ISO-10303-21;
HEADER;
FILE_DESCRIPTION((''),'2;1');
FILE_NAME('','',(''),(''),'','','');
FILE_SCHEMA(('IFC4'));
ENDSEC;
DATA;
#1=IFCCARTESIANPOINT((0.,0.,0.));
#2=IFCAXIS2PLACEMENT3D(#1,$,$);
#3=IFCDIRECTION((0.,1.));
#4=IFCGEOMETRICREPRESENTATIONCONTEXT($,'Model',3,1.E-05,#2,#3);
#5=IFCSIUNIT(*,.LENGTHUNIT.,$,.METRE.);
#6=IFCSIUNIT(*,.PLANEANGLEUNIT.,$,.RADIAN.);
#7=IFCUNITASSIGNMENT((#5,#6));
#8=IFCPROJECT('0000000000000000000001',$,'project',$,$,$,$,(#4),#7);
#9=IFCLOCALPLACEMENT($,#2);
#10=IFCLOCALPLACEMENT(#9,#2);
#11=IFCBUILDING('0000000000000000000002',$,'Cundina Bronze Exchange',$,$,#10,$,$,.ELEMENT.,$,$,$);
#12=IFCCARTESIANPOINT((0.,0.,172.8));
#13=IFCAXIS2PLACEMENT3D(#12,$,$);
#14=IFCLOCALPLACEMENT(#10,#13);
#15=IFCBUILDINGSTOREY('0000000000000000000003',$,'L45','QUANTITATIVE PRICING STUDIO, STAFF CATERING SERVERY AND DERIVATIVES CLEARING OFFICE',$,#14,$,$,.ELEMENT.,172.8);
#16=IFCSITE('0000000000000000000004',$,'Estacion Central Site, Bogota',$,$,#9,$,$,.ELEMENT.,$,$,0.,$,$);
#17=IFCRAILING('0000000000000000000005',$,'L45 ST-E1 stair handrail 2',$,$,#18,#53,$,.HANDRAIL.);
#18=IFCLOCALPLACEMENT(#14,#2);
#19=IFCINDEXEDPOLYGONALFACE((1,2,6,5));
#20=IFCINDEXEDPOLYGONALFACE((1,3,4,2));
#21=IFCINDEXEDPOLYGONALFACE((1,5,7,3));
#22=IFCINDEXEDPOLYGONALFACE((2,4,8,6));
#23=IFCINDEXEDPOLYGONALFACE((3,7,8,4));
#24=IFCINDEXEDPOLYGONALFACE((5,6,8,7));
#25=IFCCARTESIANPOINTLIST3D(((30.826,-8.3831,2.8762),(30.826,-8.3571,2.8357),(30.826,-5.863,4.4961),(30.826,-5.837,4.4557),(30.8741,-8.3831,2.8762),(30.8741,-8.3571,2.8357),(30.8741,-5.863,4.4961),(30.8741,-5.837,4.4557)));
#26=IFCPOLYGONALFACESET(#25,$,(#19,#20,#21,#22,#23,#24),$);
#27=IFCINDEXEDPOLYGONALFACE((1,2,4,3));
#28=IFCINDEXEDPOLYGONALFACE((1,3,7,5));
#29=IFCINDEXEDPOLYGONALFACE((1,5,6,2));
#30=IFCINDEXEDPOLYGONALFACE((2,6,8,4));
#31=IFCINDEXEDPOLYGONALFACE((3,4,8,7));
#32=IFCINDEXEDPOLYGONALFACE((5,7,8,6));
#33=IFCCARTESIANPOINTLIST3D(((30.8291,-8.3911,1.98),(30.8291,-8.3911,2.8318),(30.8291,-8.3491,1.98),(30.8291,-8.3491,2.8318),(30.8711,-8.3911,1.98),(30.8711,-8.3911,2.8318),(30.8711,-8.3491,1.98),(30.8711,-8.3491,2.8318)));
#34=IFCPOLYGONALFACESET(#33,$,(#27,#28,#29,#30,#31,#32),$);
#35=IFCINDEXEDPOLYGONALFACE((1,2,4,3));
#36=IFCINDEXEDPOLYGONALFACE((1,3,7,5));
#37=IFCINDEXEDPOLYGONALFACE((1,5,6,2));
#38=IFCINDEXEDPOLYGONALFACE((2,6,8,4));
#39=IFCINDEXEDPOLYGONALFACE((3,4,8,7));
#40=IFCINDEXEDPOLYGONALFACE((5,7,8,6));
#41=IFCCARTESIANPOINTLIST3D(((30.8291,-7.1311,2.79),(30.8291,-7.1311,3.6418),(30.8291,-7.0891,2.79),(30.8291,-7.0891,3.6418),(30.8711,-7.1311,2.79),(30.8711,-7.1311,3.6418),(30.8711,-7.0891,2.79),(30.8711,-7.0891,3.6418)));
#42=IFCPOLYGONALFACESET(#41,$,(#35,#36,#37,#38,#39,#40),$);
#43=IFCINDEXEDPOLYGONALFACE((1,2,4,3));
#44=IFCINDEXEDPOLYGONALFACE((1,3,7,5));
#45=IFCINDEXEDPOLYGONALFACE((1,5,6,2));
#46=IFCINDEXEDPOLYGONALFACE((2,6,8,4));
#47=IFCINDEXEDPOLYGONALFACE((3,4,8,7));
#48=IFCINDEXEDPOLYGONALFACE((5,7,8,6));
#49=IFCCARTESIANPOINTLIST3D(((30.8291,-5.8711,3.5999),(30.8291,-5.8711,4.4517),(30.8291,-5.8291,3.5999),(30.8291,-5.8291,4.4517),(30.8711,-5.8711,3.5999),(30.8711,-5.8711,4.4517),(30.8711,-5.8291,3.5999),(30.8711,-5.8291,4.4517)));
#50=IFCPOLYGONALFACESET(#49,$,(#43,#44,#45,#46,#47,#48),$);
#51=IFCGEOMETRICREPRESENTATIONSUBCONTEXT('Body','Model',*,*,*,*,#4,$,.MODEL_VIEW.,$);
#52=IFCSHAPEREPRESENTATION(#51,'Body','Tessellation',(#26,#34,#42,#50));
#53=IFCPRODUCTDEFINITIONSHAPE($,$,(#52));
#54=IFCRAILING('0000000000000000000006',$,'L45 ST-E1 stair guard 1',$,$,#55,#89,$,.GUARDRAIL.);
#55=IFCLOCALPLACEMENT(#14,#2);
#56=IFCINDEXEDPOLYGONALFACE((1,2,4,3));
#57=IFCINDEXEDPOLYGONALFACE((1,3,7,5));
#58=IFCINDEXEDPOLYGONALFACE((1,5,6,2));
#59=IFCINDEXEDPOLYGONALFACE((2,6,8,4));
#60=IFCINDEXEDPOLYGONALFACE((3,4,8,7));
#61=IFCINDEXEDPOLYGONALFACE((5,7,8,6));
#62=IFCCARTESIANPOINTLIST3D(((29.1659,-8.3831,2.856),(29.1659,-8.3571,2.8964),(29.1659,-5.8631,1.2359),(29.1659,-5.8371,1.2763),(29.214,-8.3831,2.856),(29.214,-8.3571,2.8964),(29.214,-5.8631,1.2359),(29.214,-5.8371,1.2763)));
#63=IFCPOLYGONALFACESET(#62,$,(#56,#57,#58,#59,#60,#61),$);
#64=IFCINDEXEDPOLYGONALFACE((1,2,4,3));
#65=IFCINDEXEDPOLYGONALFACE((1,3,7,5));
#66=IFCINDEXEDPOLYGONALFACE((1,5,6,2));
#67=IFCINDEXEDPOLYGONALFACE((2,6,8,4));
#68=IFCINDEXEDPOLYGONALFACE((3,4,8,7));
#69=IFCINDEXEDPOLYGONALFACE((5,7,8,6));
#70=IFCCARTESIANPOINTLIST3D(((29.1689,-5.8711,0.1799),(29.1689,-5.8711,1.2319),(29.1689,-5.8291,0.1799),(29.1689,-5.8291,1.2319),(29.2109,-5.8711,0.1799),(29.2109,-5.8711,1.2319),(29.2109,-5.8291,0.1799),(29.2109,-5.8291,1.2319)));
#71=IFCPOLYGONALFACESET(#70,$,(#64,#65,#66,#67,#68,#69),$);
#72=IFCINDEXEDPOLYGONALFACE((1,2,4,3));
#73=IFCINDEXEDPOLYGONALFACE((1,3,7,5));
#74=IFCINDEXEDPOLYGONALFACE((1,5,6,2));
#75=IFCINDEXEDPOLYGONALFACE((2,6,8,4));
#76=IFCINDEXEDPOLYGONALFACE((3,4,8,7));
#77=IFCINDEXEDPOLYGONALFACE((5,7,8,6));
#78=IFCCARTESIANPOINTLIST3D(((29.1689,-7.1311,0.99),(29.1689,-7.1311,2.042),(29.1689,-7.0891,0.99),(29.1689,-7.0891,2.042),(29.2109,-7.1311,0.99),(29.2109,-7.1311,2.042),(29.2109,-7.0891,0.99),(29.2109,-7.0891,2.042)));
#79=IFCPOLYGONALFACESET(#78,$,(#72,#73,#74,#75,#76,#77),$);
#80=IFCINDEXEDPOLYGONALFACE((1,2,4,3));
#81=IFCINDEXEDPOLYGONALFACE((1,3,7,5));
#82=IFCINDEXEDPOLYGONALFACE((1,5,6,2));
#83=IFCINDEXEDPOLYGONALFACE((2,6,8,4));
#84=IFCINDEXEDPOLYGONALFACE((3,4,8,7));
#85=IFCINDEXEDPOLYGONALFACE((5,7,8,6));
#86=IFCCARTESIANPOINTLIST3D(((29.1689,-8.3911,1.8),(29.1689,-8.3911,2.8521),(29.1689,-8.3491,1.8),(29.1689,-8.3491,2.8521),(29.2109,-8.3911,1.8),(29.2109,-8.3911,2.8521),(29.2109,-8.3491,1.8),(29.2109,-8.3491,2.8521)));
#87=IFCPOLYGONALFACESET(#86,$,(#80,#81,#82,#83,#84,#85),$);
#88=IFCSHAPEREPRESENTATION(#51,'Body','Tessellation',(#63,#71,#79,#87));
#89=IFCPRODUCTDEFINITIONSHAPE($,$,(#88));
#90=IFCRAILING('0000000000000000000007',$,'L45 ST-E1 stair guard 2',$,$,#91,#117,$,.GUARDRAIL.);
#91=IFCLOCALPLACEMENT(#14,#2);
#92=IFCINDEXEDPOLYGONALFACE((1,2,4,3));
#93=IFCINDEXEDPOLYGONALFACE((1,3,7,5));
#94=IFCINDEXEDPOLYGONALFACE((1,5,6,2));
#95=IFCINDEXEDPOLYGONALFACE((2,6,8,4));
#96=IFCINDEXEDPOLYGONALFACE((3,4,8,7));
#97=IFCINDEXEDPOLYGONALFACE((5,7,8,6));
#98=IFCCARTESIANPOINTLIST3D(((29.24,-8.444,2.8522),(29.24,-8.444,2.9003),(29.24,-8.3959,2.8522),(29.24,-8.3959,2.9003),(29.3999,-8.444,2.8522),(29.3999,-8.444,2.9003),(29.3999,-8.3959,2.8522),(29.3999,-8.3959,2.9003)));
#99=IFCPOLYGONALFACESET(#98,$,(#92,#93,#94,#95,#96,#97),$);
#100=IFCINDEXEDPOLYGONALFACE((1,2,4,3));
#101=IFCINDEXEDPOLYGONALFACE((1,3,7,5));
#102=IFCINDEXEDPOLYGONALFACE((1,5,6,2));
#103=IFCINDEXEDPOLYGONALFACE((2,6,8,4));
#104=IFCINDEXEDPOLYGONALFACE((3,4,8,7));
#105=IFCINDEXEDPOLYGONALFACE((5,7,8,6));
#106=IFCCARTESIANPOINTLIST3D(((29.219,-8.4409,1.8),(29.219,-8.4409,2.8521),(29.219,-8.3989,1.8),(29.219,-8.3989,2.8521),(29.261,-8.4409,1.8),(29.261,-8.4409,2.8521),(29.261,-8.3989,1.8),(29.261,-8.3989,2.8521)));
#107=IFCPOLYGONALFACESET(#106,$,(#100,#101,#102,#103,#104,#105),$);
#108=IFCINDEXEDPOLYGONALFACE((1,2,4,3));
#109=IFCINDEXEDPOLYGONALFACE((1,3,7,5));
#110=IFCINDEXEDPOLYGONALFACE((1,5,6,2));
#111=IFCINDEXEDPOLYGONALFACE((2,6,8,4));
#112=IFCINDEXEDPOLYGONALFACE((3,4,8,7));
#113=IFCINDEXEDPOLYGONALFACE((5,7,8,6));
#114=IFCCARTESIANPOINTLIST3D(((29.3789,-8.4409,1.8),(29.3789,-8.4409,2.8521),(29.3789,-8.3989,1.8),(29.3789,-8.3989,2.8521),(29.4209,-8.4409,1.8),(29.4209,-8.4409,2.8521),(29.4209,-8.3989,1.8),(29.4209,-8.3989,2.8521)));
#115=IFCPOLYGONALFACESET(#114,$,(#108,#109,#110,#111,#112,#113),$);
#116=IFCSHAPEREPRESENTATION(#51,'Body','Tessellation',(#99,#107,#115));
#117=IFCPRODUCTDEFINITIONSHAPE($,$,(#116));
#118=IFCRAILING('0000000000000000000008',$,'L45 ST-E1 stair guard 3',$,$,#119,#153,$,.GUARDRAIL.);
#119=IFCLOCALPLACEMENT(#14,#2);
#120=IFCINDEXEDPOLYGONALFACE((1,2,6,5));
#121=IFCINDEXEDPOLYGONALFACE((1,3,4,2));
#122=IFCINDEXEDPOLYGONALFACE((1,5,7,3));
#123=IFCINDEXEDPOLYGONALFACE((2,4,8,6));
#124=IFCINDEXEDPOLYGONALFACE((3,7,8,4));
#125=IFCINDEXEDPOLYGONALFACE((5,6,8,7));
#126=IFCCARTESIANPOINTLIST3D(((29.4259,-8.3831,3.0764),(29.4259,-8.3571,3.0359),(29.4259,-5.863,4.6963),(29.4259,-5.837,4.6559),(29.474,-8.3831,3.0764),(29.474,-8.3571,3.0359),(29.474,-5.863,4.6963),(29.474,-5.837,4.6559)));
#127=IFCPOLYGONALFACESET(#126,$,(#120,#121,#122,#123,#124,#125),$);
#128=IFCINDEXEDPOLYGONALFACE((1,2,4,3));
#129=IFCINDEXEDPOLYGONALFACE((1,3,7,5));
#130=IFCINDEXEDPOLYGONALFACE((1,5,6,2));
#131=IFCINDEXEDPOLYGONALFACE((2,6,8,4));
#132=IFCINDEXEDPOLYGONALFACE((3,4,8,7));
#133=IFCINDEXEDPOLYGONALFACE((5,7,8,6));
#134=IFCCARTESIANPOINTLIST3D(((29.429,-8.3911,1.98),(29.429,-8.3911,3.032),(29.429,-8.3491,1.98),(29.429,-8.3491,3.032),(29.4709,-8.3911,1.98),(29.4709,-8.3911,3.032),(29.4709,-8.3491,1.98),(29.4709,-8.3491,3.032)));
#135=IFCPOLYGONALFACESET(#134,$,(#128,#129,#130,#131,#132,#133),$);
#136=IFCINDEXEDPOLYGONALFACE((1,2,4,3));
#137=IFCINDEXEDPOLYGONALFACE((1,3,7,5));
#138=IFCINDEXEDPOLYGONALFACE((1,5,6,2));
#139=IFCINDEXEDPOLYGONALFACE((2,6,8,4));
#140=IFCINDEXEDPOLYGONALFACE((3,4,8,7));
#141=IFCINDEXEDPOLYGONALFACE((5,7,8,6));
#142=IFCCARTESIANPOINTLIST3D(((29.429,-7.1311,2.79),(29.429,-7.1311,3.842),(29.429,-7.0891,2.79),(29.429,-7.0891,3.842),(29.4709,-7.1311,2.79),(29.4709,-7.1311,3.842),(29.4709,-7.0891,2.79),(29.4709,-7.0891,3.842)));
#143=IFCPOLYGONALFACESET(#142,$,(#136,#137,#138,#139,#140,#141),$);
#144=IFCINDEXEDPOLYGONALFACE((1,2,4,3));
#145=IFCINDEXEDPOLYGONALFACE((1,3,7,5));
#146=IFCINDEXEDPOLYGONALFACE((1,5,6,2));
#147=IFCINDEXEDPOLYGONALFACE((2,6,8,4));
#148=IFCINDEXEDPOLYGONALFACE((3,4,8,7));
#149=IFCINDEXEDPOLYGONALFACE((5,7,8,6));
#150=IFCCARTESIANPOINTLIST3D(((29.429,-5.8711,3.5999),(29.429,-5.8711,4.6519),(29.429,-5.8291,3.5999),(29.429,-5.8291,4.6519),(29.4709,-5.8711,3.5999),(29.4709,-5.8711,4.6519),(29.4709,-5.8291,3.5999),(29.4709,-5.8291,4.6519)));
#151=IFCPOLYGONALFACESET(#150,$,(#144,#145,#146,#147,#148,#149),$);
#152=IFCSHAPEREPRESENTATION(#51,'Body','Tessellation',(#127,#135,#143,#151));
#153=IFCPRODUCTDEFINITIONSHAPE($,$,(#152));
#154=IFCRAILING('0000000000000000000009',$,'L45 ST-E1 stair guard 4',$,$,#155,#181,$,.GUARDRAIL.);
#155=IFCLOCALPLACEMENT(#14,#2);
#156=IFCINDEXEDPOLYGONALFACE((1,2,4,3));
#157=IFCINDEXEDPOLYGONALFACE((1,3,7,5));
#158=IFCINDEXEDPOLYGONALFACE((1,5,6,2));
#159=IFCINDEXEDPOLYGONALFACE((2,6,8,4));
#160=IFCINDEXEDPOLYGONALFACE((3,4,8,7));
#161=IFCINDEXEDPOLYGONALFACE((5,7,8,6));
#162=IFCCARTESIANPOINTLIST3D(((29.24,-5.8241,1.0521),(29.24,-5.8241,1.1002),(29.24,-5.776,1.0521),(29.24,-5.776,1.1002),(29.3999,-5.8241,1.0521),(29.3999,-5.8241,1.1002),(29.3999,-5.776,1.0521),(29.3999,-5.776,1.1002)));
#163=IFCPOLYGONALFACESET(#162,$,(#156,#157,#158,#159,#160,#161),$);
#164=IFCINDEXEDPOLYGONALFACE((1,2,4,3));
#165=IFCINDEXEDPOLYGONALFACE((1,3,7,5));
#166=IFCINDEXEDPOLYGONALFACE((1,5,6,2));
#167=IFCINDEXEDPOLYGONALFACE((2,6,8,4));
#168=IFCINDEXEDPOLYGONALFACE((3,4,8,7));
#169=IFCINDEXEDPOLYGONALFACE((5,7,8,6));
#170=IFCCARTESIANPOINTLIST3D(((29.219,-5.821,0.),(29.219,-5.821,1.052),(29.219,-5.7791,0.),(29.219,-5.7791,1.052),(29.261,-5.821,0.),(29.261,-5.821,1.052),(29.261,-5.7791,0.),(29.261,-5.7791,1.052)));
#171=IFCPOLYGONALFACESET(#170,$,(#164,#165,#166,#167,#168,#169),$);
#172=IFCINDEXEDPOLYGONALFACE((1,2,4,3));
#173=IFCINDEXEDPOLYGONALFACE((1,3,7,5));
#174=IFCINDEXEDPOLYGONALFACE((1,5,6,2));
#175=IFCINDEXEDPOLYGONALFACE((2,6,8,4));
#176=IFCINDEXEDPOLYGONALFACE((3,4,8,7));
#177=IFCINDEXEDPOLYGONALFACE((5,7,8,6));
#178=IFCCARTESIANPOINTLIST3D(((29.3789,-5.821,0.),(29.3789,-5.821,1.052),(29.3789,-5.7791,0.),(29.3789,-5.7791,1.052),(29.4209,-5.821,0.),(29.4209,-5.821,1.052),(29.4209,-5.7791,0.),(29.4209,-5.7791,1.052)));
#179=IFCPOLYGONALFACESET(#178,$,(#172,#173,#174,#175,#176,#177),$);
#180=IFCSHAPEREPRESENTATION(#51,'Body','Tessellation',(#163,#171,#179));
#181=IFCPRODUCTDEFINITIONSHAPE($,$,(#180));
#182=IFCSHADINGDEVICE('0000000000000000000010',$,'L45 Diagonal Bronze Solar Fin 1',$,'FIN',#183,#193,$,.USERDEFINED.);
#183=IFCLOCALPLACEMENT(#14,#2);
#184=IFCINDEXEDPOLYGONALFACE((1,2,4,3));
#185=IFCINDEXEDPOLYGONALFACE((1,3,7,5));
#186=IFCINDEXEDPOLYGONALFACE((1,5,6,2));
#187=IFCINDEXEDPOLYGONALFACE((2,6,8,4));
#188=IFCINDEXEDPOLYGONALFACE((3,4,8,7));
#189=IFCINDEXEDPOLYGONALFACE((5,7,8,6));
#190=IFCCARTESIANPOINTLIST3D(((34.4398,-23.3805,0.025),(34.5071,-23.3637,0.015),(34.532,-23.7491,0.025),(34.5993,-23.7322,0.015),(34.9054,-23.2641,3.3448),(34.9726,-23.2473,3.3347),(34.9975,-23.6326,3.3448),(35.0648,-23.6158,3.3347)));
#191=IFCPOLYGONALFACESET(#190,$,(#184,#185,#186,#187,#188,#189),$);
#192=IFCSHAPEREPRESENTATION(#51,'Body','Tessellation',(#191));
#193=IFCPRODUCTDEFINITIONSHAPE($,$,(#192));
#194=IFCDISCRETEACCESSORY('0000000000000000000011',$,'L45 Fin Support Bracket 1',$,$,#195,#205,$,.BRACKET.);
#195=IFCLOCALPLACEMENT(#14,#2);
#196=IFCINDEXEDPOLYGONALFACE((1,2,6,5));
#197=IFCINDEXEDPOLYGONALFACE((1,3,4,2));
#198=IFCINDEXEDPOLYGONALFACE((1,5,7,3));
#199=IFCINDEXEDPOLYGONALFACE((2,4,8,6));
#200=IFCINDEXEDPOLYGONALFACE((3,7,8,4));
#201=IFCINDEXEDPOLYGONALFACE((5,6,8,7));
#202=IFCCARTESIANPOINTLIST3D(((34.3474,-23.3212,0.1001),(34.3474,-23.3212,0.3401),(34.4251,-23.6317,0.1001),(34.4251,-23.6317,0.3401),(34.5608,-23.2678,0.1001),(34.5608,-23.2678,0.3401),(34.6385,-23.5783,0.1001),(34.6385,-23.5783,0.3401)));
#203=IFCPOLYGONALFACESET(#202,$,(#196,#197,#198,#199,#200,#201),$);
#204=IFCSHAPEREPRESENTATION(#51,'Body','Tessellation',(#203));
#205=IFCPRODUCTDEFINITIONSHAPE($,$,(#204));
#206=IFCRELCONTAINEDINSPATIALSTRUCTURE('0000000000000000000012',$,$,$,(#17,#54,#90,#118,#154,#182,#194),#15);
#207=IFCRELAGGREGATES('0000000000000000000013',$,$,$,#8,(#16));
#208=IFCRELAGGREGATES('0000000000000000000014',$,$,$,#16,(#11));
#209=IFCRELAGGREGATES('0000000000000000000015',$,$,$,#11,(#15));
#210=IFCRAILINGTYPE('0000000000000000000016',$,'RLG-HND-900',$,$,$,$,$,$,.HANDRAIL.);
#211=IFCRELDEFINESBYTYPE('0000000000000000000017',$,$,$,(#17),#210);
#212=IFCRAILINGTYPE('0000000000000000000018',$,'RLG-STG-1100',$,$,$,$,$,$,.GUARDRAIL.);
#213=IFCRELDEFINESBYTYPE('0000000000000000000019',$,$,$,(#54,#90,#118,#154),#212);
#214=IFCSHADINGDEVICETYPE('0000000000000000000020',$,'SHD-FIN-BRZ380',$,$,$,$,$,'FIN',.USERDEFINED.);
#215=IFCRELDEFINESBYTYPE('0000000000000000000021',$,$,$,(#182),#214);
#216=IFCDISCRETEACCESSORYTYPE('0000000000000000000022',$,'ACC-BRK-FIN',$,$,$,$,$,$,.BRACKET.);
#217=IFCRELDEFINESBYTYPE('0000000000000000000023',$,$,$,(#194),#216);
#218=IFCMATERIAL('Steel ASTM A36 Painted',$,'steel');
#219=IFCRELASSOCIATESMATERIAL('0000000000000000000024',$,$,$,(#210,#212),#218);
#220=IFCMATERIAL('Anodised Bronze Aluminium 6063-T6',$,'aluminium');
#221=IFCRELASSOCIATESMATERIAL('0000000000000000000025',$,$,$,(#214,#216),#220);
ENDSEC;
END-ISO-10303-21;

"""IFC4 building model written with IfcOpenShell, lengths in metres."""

from ifc_helpers import new_model, si_unit, direction, frame, origin, origin_2d, place, context, subcontext, project, spatial, rectangle, extrude, material, material_profile, profile_set, type_object, element, save


model = new_model("IFC4")

# Units and contexts
model_context = context("Model", 3, precision=1e-05, world=origin(), true_north=direction((0.0, 1.0)))
body_context = subcontext(model_context, "Body", "Model", "MODEL_VIEW")
ifc_project = project(units=[si_unit("LENGTHUNIT", "METRE"), si_unit("PLANEANGLEUNIT", "RADIAN")], contexts=[model_context])

# Site, building, storey
site_placement = place(None, origin())
site = spatial("IfcSite", under=ifc_project, at=site_placement, Name="Estacion Central Site, Bogota", CompositionType="ELEMENT", RefElevation=0.0)
building_placement = place(site_placement, origin())
building = spatial("IfcBuilding", under=site, at=building_placement, Name="Cundina Bronze Exchange", CompositionType="ELEMENT")
storey_placement = place(building_placement, frame((0.0, 0.0, 172.8)))
storey = spatial("IfcBuildingStorey", under=building, at=storey_placement, Name="L45", Description="QUANTITATIVE PRICING STUDIO, STAFF CATERING SERVERY AND DERIVATIVES CLEARING OFFICE", CompositionType="ELEMENT", Elevation=172.8)

# Shared definitions
ifc_material_1 = material(Name="Anodised Bronze Aluminium 6063-T6", Category="aluminium")

# Railings
ifc_material_2 = material(Name="Steel ASTM A36 Painted", Category="steel")
railing_type_1 = type_object("IfcRailingType", Name="RLG-HND-900", PredefinedType="HANDRAIL", material=ifc_material_2)
railing_1_placement = place(storey_placement, frame((30.8501, -8.3701, 1.98)))
element("IfcRailing", 1, at=railing_1_placement, inside=storey, type_object=railing_type_1, Name="L45 ST-E1 stair handrail 2", PredefinedType="HANDRAIL", context=body_context, shape_type="SweptSolid", body=[
    extrude(rectangle(XDim=0.0481, YDim=0.0481, at=origin_2d()), frame((0.0, 0.0, 0.876), z_axis=(0.0, 0.8412, 0.540725), x_axis=(-1.0, 0.0, 0.0)), (0.0, 0.0, 1.0), 2.9958),
    extrude(rectangle(XDim=0.042, YDim=0.042, at=origin_2d()), origin(), (0.0, 0.0, 1.0), 0.8518),
    extrude(rectangle(XDim=0.042, YDim=0.042, at=origin_2d()), frame((0.0, 1.26, 0.8101)), (0.0, 0.0, 1.0), 0.8518),
    extrude(rectangle(XDim=0.042, YDim=0.042, at=origin_2d()), frame((0.0, 2.52, 1.6199)), (0.0, 0.0, 1.0), 0.8518),
])
railing_type_2 = type_object("IfcRailingType", Name="RLG-STG-1100", PredefinedType="GUARDRAIL", material=ifc_material_2)
railing_2_placement = place(storey_placement, frame((29.1899, -5.8501, 0.1799)))
element("IfcRailing", 2, at=railing_2_placement, inside=storey, type_object=railing_type_2, Name="L45 ST-E1 stair guard 1", PredefinedType="GUARDRAIL", context=body_context, shape_type="SweptSolid", body=[
    extrude(rectangle(XDim=0.0481, YDim=0.0481, at=origin_2d()), frame((0.0, 0.0, 1.0762), z_axis=(0.0, -0.841163, 0.540782), x_axis=(1.0, 0.0, 0.0)), (0.0, 0.0, 1.0), 2.9958),
    extrude(rectangle(XDim=0.042, YDim=0.042, at=origin_2d()), origin(), (0.0, 0.0, 1.0), 1.052),
    extrude(rectangle(XDim=0.042, YDim=0.042, at=origin_2d()), frame((0.0, -1.26, 0.8101)), (0.0, 0.0, 1.0), 1.052),
    extrude(rectangle(XDim=0.042, YDim=0.042, at=origin_2d()), frame((0.0, -2.52, 1.6201)), (0.0, 0.0, 1.0), 1.052),
])
railing_3_placement = place(storey_placement, frame((29.24, -8.4199, 1.8)))
element("IfcRailing", 3, at=railing_3_placement, inside=storey, type_object=railing_type_2, Name="L45 ST-E1 stair guard 2", PredefinedType="GUARDRAIL", context=body_context, shape_type="SweptSolid", body=[
    extrude(rectangle(XDim=0.0481, YDim=0.0481, at=origin_2d()), frame((0.0, 0.0, 1.0762), z_axis=(1.0, 0.0, 0.0), x_axis=(0.0, 1.0, 0.0)), (0.0, 0.0, 1.0), 0.1599),
    extrude(rectangle(XDim=0.042, YDim=0.042, at=origin_2d()), origin(), (0.0, 0.0, 1.0), 1.052),
    extrude(rectangle(XDim=0.042, YDim=0.042, at=origin_2d()), frame((0.1599, 0.0, 0.0)), (0.0, 0.0, 1.0), 1.052),
])
railing_4_placement = place(storey_placement, frame((29.45, -8.3701, 1.98)))
element("IfcRailing", 4, at=railing_4_placement, inside=storey, type_object=railing_type_2, Name="L45 ST-E1 stair guard 3", PredefinedType="GUARDRAIL", context=body_context, shape_type="SweptSolid", body=[
    extrude(rectangle(XDim=0.0481, YDim=0.0481, at=origin_2d()), frame((0.0, 0.0, 1.0762), z_axis=(0.0, 0.8412, 0.540725), x_axis=(-1.0, 0.0, 0.0)), (0.0, 0.0, 1.0), 2.9958),
    extrude(rectangle(XDim=0.042, YDim=0.042, at=origin_2d()), origin(), (0.0, 0.0, 1.0), 1.052),
    extrude(rectangle(XDim=0.042, YDim=0.042, at=origin_2d()), frame((0.0, 1.26, 0.8101)), (0.0, 0.0, 1.0), 1.052),
    extrude(rectangle(XDim=0.042, YDim=0.042, at=origin_2d()), frame((0.0, 2.52, 1.6199)), (0.0, 0.0, 1.0), 1.052),
])
railing_5_placement = place(storey_placement, frame((29.24, -5.8, 0.0)))
element("IfcRailing", 5, at=railing_5_placement, inside=storey, type_object=railing_type_2, Name="L45 ST-E1 stair guard 4", PredefinedType="GUARDRAIL", context=body_context, shape_type="SweptSolid", body=[
    extrude(rectangle(XDim=0.0481, YDim=0.0481, at=origin_2d()), frame((0.0, 0.0, 1.0762), z_axis=(1.0, 0.0, 0.0), x_axis=(0.0, 1.0, 0.0)), (0.0, 0.0, 1.0), 0.1599),
    extrude(rectangle(XDim=0.042, YDim=0.042, at=origin_2d()), origin(), (0.0, 0.0, 1.0), 1.052),
    extrude(rectangle(XDim=0.042, YDim=0.042, at=origin_2d()), frame((0.1599, 0.0, 0.0)), (0.0, 0.0, 1.0), 1.052),
])

# Shading device
ifc_material_profile_1 = material_profile(ifc_material_1, rectangle(XDim=0.0701, YDim=0.3799, at=origin_2d()), Name="FIN70X380", Category="aluminium")
ifc_profile_set_1 = profile_set([ifc_material_profile_1], Name="Anodised Bronze Aluminium 6063-T6")
shading_device_type = type_object("IfcShadingDeviceType", Name="SHD-FIN-BRZ380", ElementType="FIN", PredefinedType="USERDEFINED", material=ifc_profile_set_1)
shading_device_placement = place(storey_placement, frame((34.5195, -23.5564, 0.02), z_axis=(0.138798, 0.034718, 0.989712), x_axis=(-0.960132, -0.240159, 0.143075)))
element("IfcShadingDevice", 6, at=shading_device_placement, inside=storey, type_object=shading_device_type, Name="L45 Diagonal Bronze Solar Fin 1", ObjectType="FIN", PredefinedType="USERDEFINED", context=body_context, shape_type="SweptSolid", body=[
    extrude(rectangle(XDim=0.0701, YDim=0.3799, at=origin_2d()), origin(), (0.0, 0.0, 1.0), 3.3542),
])

# Discrete accessory
discrete_accessory_type = type_object("IfcDiscreteAccessoryType", Name="ACC-BRK-FIN", PredefinedType="BRACKET", material=ifc_material_1)
discrete_accessory_placement = place(storey_placement, frame((34.4929, -23.4497, 0.1001), z_axis=(0.0, 0.0, 1.0), x_axis=(0.970093, 0.242735, 0.0)))
element("IfcDiscreteAccessory", 7, at=discrete_accessory_placement, inside=storey, type_object=discrete_accessory_type, Name="L45 Fin Support Bracket 1", PredefinedType="BRACKET", context=body_context, shape_type="SweptSolid", body=[
    extrude(rectangle(XDim=0.22, YDim=0.3201, at=origin_2d()), origin(), (0.0, 0.0, 1.0), 0.24),
])

save(model, "model.ifc")
